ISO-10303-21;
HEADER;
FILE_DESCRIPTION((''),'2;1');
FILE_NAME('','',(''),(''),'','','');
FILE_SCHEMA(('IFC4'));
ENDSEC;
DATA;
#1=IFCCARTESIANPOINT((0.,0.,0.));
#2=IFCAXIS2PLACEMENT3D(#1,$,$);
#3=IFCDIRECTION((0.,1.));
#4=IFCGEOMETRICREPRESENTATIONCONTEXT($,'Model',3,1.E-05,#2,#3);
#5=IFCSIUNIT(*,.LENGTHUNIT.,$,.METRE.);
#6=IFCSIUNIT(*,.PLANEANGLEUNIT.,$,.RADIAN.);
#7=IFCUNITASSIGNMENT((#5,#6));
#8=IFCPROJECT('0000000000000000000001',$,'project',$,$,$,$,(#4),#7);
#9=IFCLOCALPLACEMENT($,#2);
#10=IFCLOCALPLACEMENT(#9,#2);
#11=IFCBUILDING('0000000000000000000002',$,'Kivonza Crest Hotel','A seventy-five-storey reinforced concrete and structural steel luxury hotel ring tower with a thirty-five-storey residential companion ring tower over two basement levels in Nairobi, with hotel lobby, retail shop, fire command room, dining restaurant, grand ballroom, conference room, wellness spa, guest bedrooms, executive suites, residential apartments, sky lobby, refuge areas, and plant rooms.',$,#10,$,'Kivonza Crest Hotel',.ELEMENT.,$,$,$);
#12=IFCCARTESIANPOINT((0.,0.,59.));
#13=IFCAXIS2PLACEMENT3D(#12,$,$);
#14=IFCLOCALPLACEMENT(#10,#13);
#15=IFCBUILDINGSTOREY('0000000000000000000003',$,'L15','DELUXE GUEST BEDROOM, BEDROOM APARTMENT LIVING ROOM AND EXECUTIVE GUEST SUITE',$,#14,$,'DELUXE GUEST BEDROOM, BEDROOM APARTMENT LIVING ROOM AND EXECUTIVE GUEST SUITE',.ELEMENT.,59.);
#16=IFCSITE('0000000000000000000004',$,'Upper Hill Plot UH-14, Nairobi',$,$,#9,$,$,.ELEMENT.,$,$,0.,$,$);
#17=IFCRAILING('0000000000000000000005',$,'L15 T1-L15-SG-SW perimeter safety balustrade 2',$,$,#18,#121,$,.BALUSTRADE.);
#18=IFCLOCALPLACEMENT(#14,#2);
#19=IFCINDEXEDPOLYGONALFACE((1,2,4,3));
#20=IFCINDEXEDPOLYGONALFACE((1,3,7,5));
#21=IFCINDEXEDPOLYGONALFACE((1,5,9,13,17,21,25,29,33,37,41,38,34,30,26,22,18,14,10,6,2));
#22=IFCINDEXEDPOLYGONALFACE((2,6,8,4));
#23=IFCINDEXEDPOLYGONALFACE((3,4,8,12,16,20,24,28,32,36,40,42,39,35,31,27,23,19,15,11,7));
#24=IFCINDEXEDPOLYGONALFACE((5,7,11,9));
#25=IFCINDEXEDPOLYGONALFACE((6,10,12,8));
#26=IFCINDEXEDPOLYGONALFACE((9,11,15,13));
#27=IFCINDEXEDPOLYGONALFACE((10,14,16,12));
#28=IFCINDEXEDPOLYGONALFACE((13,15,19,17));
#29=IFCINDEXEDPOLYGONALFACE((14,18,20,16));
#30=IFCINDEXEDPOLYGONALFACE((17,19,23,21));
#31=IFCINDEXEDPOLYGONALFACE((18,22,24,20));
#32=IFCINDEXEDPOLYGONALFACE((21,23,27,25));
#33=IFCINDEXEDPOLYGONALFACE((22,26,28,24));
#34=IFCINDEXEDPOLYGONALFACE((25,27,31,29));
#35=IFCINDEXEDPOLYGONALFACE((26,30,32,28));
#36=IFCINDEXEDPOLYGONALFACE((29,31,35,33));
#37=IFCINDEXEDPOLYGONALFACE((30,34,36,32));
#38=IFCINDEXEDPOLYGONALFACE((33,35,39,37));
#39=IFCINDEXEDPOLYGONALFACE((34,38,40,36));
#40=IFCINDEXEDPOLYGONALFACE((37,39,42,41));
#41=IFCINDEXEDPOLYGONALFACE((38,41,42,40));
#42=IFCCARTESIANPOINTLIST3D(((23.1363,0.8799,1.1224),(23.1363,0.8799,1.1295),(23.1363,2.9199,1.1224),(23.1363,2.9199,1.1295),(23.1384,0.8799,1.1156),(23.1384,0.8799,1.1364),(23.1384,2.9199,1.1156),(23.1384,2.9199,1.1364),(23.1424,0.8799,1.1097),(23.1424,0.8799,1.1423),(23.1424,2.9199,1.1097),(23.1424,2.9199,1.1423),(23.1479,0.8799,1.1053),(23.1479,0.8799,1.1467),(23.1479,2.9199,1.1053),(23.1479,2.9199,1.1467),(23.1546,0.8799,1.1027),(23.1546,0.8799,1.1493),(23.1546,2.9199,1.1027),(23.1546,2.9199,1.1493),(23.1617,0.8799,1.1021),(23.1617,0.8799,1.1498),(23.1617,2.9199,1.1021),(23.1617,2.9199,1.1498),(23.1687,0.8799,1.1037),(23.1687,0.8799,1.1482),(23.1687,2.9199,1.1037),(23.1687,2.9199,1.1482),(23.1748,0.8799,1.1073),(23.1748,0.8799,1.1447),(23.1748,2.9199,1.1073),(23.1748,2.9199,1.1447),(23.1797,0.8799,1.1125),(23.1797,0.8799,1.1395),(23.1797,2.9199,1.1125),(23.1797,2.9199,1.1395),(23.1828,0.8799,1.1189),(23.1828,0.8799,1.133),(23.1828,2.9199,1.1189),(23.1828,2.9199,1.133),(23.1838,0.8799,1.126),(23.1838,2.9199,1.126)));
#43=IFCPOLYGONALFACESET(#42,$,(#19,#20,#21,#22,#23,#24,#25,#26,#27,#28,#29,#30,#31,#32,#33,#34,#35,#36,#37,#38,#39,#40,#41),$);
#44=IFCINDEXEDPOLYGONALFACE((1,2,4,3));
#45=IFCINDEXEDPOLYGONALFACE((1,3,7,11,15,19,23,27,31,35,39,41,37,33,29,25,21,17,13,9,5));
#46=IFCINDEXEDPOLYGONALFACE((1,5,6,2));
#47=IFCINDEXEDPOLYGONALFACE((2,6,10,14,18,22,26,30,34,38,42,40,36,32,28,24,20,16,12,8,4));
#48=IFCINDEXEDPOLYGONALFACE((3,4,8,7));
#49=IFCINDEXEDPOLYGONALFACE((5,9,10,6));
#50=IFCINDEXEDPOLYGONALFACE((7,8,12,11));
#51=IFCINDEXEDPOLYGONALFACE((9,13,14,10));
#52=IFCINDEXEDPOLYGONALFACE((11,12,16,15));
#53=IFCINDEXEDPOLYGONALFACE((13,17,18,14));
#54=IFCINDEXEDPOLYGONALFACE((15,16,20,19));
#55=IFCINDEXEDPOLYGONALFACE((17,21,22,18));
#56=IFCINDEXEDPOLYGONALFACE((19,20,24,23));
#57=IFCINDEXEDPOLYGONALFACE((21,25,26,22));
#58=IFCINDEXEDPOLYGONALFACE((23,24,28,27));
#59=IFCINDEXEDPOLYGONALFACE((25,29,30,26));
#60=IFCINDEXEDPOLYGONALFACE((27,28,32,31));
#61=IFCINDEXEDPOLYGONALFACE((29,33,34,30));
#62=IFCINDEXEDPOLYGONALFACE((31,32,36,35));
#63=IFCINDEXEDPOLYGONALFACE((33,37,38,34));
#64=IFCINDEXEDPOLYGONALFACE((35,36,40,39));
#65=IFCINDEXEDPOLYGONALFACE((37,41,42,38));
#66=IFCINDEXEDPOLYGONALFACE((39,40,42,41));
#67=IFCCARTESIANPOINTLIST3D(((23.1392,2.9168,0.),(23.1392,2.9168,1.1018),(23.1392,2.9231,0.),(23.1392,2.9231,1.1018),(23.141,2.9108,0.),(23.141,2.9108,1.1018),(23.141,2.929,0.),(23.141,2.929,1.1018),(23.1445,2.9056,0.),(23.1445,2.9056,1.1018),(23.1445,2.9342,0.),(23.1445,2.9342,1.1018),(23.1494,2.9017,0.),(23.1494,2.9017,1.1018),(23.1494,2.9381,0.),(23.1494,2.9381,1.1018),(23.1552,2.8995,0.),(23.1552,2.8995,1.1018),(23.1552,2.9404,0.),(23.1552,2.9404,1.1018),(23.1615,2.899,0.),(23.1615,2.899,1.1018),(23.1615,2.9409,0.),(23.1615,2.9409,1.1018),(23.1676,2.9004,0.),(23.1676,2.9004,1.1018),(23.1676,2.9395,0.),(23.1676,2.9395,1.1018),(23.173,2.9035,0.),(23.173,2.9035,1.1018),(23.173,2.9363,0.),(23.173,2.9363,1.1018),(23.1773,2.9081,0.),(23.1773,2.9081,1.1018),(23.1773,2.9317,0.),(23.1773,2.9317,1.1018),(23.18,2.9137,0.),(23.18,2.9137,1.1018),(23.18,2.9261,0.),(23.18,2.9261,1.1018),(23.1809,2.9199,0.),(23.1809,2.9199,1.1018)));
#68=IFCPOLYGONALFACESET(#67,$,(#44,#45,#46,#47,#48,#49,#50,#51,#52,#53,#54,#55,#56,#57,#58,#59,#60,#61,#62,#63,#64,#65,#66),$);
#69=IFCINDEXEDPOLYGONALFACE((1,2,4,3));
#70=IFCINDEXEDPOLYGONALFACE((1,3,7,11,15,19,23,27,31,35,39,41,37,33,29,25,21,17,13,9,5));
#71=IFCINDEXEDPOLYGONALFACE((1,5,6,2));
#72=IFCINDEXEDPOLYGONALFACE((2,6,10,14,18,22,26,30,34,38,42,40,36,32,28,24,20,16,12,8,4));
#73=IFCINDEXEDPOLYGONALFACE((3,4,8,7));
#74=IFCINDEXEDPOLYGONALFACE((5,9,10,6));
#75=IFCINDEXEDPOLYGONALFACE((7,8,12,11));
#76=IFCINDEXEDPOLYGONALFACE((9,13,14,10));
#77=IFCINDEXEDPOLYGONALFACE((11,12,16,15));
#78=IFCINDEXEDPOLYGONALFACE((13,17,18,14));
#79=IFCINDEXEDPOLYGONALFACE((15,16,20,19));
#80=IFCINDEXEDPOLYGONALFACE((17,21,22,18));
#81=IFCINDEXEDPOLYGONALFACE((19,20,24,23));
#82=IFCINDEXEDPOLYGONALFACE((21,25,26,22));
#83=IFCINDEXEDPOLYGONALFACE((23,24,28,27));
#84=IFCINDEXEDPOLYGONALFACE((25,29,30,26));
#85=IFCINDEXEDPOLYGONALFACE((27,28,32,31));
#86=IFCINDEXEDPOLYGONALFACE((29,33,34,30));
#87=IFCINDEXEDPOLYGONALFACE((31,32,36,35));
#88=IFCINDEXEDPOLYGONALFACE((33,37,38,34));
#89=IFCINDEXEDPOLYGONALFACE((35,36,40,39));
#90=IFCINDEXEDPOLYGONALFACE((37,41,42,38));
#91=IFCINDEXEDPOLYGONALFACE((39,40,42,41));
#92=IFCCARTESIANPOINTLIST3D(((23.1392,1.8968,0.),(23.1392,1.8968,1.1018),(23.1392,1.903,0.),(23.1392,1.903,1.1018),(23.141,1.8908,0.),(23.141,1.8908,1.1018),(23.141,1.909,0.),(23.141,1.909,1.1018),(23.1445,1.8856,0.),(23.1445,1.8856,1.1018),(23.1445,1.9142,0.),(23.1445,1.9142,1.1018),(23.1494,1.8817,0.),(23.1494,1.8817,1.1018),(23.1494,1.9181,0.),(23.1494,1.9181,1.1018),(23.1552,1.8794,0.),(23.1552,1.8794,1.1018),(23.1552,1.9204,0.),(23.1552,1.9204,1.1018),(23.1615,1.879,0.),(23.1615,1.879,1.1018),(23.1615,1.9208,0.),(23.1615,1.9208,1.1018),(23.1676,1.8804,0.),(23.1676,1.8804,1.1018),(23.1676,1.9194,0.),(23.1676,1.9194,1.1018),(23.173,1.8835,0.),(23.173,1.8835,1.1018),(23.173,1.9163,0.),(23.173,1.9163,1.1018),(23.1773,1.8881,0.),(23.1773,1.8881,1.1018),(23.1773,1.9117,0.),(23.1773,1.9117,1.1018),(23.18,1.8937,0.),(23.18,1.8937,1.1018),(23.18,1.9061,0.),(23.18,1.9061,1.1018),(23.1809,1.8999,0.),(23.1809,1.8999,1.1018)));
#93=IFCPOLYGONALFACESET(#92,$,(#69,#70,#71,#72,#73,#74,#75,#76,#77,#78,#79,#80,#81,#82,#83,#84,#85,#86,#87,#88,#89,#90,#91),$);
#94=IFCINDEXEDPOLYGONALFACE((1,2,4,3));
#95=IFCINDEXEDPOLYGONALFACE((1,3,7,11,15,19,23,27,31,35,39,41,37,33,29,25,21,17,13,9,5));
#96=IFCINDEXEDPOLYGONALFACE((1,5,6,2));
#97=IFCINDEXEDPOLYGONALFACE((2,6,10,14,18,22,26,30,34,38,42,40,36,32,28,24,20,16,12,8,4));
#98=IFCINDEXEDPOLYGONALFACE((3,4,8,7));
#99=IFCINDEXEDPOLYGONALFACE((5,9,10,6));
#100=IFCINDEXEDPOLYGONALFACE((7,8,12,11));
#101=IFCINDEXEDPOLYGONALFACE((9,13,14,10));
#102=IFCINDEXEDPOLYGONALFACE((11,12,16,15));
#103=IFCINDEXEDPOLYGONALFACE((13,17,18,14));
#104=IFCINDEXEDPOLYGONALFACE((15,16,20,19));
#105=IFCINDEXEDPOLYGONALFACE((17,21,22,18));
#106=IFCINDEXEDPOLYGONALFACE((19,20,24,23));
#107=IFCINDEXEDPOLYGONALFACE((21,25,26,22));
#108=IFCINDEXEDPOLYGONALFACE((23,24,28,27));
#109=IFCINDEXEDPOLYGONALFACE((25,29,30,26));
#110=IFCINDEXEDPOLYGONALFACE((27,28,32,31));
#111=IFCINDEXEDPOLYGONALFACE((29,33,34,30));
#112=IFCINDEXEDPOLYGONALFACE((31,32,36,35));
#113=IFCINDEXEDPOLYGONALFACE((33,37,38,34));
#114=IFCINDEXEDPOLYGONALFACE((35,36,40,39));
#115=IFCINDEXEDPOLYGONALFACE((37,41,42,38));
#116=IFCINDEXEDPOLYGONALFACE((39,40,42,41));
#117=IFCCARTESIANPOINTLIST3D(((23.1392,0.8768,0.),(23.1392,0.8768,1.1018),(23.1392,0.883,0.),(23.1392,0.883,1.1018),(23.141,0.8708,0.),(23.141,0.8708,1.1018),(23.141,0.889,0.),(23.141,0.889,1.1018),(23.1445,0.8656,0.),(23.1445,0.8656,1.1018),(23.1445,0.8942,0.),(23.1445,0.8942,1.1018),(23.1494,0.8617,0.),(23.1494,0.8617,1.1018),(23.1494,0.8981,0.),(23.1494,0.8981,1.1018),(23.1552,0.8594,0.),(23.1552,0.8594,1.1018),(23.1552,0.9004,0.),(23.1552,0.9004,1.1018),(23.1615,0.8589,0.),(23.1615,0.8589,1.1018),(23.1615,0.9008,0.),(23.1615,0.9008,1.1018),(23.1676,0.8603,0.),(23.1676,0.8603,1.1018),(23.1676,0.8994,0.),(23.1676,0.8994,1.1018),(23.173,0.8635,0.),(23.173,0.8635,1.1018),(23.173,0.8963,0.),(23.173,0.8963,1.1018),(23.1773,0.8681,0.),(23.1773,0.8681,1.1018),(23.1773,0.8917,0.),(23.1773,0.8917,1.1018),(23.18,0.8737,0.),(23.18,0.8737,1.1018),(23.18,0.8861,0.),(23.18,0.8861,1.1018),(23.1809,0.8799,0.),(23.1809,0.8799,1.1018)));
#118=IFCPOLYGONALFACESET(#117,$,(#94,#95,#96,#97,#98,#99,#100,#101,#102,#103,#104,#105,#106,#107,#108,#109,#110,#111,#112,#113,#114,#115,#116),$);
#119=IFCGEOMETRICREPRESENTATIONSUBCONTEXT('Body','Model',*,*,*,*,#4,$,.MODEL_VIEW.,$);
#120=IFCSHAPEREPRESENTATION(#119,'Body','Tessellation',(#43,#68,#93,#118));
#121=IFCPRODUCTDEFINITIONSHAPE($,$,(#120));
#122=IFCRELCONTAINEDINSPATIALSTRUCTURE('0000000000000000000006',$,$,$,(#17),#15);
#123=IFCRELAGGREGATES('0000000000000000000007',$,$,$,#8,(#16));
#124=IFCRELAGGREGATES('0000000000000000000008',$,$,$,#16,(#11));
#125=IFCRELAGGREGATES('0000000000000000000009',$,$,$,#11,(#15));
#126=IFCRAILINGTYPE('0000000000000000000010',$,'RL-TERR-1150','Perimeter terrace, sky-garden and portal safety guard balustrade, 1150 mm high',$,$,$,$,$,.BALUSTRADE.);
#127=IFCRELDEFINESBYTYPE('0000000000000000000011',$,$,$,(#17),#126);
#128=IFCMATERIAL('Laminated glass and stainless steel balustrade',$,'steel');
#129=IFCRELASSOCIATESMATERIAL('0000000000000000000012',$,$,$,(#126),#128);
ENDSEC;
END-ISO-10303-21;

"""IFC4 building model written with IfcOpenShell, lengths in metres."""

from ifc_helpers import new_model, si_unit, direction, frame, origin, origin_2d, place, context, subcontext, project, spatial, circle, extrude, material, type_object, element, save


model = new_model("IFC4")

# Units and contexts
model_context = context("Model", 3, precision=1e-05, world=origin(), true_north=direction((0.0, 1.0)))
body_context = subcontext(model_context, "Body", "Model", "MODEL_VIEW")
ifc_project = project(units=[si_unit("LENGTHUNIT", "METRE"), si_unit("PLANEANGLEUNIT", "RADIAN")], contexts=[model_context])

# Site, building, storey
site_placement = place(None, origin())
site = spatial("IfcSite", under=ifc_project, at=site_placement, Name="Upper Hill Plot UH-14, Nairobi", CompositionType="ELEMENT", RefElevation=0.0)
building_placement = place(site_placement, origin())
building = spatial("IfcBuilding", under=site, at=building_placement, Name="Kivonza Crest Hotel", Description="A seventy-five-storey reinforced concrete and structural steel luxury hotel ring tower with a thirty-five-storey residential companion ring tower over two basement levels in Nairobi, with hotel lobby, retail shop, fire command room, dining restaurant, grand ballroom, conference room, wellness spa, guest bedrooms, executive suites, residential apartments, sky lobby, refuge areas, and plant rooms.", LongName="Kivonza Crest Hotel", CompositionType="ELEMENT")
storey_placement = place(building_placement, frame((0.0, 0.0, 59.0)))
storey = spatial("IfcBuildingStorey", under=building, at=storey_placement, Name="L15", Description="DELUXE GUEST BEDROOM, BEDROOM APARTMENT LIVING ROOM AND EXECUTIVE GUEST SUITE", LongName="DELUXE GUEST BEDROOM, BEDROOM APARTMENT LIVING ROOM AND EXECUTIVE GUEST SUITE", CompositionType="ELEMENT", Elevation=59.0)

# Railing
ifc_material_1 = material(Name="Laminated glass and stainless steel balustrade", Category="steel")
railing_type = type_object("IfcRailingType", Name="RL-TERR-1150", Description="Perimeter terrace, sky-garden and portal safety guard balustrade, 1150 mm high", PredefinedType="BALUSTRADE", material=ifc_material_1)
railing_1_placement = place(storey_placement, frame((23.1599, 2.9199, 0.0)))
element("IfcRailing", 1, at=railing_1_placement, inside=storey, type_object=railing_type, Name="L15 T1-L15-SG-SW perimeter safety balustrade 2", PredefinedType="BALUSTRADE", context=body_context, shape_type="SweptSolid", body=[
    extrude(circle(Radius=0.0239, at=origin_2d()), frame((0.0, 0.0, 1.126), z_axis=(0.0, -1.0, 0.0), x_axis=(1.0, 0.0, 0.0)), (0.0, 0.0, 1.0), 2.04),
    extrude(circle(Radius=0.021, at=origin_2d()), origin(), (0.0, 0.0, 1.0), 1.1018),
    extrude(circle(Radius=0.021, at=origin_2d()), frame((0.0, -1.02, 0.0)), (0.0, 0.0, 1.0), 1.1018),
    extrude(circle(Radius=0.021, at=origin_2d()), frame((0.0, -2.04, 0.0)), (0.0, 0.0, 1.0), 1.1018),
])

save(model, "model.ifc")
